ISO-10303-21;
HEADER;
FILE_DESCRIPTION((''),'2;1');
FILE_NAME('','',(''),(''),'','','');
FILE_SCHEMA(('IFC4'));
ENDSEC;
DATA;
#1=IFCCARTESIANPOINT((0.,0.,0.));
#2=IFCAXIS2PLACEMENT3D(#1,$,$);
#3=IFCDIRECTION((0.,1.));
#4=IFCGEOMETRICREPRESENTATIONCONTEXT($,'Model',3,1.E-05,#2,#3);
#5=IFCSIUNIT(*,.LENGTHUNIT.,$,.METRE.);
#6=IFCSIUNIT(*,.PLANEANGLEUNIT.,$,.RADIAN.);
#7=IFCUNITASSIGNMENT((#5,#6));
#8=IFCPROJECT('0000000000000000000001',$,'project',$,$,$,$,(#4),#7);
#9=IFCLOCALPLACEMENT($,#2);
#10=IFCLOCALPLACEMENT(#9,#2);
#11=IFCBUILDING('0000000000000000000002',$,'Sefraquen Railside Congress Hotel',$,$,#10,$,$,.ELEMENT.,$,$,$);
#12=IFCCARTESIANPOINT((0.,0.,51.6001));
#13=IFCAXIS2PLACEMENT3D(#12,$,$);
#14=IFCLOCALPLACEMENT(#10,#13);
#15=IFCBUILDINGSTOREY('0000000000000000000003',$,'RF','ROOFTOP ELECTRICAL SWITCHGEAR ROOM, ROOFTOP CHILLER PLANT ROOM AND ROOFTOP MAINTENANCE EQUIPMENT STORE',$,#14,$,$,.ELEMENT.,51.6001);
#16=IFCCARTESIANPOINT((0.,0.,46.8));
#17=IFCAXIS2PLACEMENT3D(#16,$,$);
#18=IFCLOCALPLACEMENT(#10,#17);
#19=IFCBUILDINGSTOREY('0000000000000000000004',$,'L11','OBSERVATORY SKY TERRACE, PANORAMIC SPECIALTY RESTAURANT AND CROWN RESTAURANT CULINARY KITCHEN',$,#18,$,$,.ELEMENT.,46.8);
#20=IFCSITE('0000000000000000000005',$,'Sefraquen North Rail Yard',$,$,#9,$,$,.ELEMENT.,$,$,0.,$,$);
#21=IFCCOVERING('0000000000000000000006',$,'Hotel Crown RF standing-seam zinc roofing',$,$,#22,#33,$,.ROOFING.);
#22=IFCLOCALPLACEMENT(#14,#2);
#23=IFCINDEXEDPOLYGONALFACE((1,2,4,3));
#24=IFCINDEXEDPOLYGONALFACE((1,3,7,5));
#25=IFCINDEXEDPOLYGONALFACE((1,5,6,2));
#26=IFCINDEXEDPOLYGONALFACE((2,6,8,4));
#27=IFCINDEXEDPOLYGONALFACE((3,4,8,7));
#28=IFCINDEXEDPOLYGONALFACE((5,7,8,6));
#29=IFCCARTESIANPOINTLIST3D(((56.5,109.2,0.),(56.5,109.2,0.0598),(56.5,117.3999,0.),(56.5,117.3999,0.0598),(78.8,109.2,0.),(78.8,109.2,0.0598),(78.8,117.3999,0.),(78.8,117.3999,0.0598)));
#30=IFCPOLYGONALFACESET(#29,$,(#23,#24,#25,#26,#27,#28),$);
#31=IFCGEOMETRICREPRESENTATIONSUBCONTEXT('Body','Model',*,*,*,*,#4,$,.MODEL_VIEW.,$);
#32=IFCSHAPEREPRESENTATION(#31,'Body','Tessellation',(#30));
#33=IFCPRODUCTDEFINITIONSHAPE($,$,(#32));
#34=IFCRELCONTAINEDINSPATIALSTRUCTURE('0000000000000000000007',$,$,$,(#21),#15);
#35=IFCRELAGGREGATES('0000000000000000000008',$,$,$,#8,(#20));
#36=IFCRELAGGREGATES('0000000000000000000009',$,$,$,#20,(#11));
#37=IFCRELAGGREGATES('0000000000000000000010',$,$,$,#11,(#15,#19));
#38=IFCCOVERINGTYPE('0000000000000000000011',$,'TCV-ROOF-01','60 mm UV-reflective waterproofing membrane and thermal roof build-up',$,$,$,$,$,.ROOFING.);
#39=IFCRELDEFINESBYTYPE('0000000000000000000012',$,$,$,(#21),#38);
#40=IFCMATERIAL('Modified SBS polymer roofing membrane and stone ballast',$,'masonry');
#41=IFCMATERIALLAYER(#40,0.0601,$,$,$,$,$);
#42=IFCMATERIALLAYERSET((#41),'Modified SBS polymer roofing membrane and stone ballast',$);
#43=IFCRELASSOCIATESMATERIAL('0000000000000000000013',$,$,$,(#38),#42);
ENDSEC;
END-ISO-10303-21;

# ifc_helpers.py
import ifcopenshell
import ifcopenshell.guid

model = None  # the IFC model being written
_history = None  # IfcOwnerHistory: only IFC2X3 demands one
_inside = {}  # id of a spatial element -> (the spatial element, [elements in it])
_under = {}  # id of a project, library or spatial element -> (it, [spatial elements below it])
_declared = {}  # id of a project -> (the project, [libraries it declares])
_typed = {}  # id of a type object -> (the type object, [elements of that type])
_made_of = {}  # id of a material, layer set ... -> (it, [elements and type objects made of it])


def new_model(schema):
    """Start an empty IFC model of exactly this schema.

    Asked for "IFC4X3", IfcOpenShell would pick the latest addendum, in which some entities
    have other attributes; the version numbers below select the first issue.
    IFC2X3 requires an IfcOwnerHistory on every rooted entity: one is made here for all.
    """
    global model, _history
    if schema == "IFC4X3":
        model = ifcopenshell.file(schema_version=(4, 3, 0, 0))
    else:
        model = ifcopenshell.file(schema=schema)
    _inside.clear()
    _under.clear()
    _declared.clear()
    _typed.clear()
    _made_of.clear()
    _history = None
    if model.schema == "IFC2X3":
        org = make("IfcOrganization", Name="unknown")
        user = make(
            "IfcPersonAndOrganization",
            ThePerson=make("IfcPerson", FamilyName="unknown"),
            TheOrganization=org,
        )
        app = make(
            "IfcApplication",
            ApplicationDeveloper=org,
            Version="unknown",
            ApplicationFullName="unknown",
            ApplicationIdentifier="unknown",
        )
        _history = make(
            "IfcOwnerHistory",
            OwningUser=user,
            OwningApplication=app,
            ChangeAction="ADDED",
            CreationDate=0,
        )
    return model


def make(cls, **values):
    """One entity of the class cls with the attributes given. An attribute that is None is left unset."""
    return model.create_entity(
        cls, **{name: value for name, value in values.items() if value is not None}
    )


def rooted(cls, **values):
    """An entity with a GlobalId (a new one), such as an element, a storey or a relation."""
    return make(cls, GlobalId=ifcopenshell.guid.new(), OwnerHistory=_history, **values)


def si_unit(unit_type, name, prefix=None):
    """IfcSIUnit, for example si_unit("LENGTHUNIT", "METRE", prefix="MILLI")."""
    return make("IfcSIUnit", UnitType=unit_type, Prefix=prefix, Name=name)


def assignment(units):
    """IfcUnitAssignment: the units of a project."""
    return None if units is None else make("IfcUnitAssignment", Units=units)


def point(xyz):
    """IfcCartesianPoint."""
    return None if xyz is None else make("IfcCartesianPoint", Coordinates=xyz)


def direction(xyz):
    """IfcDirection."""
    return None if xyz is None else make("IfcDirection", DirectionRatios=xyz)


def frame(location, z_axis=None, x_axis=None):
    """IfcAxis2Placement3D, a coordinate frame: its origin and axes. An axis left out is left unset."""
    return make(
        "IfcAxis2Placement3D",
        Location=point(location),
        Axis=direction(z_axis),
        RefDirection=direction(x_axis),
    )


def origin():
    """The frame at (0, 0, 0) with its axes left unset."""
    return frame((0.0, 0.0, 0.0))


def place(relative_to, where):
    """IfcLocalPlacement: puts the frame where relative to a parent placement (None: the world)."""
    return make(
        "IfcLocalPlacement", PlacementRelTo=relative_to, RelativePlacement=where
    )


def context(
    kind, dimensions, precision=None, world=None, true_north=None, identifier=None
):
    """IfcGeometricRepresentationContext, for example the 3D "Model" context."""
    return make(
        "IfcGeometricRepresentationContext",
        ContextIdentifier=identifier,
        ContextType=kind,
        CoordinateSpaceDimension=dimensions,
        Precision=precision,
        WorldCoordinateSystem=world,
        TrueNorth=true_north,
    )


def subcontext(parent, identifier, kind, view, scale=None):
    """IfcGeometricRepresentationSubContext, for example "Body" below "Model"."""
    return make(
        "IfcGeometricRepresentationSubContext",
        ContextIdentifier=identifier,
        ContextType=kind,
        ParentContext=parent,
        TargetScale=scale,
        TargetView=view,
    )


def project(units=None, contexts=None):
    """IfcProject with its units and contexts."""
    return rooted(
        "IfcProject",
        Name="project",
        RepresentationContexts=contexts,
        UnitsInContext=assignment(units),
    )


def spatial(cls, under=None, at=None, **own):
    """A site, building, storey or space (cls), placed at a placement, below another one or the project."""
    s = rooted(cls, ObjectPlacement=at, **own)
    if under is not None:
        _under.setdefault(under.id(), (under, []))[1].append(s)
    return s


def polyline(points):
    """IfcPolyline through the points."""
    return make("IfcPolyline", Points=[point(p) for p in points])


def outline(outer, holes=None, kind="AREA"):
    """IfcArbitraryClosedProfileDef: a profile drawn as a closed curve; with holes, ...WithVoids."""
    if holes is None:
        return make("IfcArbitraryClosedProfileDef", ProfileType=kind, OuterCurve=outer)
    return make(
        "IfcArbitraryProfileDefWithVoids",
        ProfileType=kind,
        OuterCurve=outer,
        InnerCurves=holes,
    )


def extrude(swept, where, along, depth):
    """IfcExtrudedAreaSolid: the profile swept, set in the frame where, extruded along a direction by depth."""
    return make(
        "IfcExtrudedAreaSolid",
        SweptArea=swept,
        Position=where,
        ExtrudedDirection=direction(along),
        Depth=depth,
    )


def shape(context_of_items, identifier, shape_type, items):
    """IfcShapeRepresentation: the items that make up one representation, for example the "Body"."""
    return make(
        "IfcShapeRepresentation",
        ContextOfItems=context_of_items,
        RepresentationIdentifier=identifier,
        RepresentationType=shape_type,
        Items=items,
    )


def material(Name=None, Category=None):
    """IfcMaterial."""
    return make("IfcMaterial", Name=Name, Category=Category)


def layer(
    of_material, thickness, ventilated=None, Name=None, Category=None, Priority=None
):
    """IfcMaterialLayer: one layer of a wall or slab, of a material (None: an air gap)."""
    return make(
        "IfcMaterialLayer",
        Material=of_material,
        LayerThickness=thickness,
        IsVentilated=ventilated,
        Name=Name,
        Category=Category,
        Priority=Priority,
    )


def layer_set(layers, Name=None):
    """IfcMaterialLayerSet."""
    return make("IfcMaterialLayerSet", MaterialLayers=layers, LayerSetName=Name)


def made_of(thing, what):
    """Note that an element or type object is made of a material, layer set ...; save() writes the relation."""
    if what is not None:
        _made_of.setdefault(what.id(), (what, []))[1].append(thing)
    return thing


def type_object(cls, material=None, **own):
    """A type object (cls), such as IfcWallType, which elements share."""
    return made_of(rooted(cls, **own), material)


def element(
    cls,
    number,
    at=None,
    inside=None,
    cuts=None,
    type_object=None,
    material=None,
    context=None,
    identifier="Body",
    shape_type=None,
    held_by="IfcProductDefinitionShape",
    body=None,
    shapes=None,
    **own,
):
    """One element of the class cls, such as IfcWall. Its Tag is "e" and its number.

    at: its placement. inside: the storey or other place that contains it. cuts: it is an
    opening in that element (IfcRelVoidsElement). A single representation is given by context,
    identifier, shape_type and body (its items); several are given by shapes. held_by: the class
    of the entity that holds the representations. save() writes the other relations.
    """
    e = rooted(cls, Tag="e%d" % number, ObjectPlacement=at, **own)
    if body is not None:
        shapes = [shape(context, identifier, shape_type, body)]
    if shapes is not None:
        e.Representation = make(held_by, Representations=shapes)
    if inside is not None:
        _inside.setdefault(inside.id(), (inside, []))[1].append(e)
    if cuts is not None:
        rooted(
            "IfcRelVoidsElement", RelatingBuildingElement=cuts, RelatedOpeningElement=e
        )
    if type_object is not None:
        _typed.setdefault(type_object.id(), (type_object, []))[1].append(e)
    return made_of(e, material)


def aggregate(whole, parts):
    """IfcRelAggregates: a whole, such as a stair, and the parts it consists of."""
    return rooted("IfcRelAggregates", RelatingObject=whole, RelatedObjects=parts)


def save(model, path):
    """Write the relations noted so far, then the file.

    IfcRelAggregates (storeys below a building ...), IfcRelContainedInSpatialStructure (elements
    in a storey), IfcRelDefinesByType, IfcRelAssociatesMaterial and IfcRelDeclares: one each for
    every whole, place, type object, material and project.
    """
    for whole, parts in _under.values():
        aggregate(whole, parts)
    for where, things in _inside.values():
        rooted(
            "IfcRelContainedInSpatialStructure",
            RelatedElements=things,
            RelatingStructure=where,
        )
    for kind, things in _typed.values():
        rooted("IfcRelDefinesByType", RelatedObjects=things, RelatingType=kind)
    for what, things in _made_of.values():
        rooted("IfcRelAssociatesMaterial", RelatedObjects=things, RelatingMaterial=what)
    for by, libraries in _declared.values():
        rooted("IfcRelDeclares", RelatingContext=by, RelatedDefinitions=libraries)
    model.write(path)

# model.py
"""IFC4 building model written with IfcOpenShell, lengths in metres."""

from ifc_helpers import new_model, si_unit, direction, frame, origin, place, context, subcontext, project, spatial, polyline, outline, extrude, material, layer, layer_set, type_object, element, save


model = new_model("IFC4")

# Units and contexts
model_context = context("Model", 3, precision=1e-05, world=origin(), true_north=direction((0.0, 1.0)))
body_context = subcontext(model_context, "Body", "Model", "MODEL_VIEW")
ifc_project = project(units=[si_unit("LENGTHUNIT", "METRE"), si_unit("PLANEANGLEUNIT", "RADIAN")], contexts=[model_context])

# Site, building, storey
site_placement = place(None, origin())
site = spatial("IfcSite", under=ifc_project, at=site_placement, Name="Sefraquen North Rail Yard", CompositionType="ELEMENT", RefElevation=0.0)
building_placement = place(site_placement, origin())
building = spatial("IfcBuilding", under=site, at=building_placement, Name="Sefraquen Railside Congress Hotel", CompositionType="ELEMENT")
storey_1_placement = place(building_placement, frame((0.0, 0.0, 51.6001)))
storey_1 = spatial("IfcBuildingStorey", under=building, at=storey_1_placement, Name="RF", Description="ROOFTOP ELECTRICAL SWITCHGEAR ROOM, ROOFTOP CHILLER PLANT ROOM AND ROOFTOP MAINTENANCE EQUIPMENT STORE", CompositionType="ELEMENT", Elevation=51.6001)

# Shared definitions
storey_2_placement = place(building_placement, frame((0.0, 0.0, 46.8)))
storey_2 = spatial("IfcBuildingStorey", under=building, at=storey_2_placement, Name="L11", Description="OBSERVATORY SKY TERRACE, PANORAMIC SPECIALTY RESTAURANT AND CROWN RESTAURANT CULINARY KITCHEN", CompositionType="ELEMENT", Elevation=46.8)

# Covering
ifc_material_1 = material(Name="Modified SBS polymer roofing membrane and stone ballast", Category="masonry")
ifc_layer_1 = layer(ifc_material_1, 0.0601)
ifc_layer_set_1 = layer_set([ifc_layer_1], Name="Modified SBS polymer roofing membrane and stone ballast")
covering_type = type_object("IfcCoveringType", Name="TCV-ROOF-01", Description="60 mm UV-reflective waterproofing membrane and thermal roof build-up", PredefinedType="ROOFING", material=ifc_layer_set_1)
covering_placement = place(storey_1_placement, origin())
element("IfcCovering", 1, at=covering_placement, inside=storey_1, type_object=covering_type, Name="Hotel Crown RF standing-seam zinc roofing", PredefinedType="ROOFING", context=body_context, shape_type="SweptSolid", body=[
    extrude(outline(polyline([(56.5, 109.2), (78.8, 109.2), (78.8, 117.3999), (56.5, 117.3999), (56.5, 109.2)])), origin(), (0.0, 0.0, 1.0), 0.0598),
])

save(model, "model.ifc")
